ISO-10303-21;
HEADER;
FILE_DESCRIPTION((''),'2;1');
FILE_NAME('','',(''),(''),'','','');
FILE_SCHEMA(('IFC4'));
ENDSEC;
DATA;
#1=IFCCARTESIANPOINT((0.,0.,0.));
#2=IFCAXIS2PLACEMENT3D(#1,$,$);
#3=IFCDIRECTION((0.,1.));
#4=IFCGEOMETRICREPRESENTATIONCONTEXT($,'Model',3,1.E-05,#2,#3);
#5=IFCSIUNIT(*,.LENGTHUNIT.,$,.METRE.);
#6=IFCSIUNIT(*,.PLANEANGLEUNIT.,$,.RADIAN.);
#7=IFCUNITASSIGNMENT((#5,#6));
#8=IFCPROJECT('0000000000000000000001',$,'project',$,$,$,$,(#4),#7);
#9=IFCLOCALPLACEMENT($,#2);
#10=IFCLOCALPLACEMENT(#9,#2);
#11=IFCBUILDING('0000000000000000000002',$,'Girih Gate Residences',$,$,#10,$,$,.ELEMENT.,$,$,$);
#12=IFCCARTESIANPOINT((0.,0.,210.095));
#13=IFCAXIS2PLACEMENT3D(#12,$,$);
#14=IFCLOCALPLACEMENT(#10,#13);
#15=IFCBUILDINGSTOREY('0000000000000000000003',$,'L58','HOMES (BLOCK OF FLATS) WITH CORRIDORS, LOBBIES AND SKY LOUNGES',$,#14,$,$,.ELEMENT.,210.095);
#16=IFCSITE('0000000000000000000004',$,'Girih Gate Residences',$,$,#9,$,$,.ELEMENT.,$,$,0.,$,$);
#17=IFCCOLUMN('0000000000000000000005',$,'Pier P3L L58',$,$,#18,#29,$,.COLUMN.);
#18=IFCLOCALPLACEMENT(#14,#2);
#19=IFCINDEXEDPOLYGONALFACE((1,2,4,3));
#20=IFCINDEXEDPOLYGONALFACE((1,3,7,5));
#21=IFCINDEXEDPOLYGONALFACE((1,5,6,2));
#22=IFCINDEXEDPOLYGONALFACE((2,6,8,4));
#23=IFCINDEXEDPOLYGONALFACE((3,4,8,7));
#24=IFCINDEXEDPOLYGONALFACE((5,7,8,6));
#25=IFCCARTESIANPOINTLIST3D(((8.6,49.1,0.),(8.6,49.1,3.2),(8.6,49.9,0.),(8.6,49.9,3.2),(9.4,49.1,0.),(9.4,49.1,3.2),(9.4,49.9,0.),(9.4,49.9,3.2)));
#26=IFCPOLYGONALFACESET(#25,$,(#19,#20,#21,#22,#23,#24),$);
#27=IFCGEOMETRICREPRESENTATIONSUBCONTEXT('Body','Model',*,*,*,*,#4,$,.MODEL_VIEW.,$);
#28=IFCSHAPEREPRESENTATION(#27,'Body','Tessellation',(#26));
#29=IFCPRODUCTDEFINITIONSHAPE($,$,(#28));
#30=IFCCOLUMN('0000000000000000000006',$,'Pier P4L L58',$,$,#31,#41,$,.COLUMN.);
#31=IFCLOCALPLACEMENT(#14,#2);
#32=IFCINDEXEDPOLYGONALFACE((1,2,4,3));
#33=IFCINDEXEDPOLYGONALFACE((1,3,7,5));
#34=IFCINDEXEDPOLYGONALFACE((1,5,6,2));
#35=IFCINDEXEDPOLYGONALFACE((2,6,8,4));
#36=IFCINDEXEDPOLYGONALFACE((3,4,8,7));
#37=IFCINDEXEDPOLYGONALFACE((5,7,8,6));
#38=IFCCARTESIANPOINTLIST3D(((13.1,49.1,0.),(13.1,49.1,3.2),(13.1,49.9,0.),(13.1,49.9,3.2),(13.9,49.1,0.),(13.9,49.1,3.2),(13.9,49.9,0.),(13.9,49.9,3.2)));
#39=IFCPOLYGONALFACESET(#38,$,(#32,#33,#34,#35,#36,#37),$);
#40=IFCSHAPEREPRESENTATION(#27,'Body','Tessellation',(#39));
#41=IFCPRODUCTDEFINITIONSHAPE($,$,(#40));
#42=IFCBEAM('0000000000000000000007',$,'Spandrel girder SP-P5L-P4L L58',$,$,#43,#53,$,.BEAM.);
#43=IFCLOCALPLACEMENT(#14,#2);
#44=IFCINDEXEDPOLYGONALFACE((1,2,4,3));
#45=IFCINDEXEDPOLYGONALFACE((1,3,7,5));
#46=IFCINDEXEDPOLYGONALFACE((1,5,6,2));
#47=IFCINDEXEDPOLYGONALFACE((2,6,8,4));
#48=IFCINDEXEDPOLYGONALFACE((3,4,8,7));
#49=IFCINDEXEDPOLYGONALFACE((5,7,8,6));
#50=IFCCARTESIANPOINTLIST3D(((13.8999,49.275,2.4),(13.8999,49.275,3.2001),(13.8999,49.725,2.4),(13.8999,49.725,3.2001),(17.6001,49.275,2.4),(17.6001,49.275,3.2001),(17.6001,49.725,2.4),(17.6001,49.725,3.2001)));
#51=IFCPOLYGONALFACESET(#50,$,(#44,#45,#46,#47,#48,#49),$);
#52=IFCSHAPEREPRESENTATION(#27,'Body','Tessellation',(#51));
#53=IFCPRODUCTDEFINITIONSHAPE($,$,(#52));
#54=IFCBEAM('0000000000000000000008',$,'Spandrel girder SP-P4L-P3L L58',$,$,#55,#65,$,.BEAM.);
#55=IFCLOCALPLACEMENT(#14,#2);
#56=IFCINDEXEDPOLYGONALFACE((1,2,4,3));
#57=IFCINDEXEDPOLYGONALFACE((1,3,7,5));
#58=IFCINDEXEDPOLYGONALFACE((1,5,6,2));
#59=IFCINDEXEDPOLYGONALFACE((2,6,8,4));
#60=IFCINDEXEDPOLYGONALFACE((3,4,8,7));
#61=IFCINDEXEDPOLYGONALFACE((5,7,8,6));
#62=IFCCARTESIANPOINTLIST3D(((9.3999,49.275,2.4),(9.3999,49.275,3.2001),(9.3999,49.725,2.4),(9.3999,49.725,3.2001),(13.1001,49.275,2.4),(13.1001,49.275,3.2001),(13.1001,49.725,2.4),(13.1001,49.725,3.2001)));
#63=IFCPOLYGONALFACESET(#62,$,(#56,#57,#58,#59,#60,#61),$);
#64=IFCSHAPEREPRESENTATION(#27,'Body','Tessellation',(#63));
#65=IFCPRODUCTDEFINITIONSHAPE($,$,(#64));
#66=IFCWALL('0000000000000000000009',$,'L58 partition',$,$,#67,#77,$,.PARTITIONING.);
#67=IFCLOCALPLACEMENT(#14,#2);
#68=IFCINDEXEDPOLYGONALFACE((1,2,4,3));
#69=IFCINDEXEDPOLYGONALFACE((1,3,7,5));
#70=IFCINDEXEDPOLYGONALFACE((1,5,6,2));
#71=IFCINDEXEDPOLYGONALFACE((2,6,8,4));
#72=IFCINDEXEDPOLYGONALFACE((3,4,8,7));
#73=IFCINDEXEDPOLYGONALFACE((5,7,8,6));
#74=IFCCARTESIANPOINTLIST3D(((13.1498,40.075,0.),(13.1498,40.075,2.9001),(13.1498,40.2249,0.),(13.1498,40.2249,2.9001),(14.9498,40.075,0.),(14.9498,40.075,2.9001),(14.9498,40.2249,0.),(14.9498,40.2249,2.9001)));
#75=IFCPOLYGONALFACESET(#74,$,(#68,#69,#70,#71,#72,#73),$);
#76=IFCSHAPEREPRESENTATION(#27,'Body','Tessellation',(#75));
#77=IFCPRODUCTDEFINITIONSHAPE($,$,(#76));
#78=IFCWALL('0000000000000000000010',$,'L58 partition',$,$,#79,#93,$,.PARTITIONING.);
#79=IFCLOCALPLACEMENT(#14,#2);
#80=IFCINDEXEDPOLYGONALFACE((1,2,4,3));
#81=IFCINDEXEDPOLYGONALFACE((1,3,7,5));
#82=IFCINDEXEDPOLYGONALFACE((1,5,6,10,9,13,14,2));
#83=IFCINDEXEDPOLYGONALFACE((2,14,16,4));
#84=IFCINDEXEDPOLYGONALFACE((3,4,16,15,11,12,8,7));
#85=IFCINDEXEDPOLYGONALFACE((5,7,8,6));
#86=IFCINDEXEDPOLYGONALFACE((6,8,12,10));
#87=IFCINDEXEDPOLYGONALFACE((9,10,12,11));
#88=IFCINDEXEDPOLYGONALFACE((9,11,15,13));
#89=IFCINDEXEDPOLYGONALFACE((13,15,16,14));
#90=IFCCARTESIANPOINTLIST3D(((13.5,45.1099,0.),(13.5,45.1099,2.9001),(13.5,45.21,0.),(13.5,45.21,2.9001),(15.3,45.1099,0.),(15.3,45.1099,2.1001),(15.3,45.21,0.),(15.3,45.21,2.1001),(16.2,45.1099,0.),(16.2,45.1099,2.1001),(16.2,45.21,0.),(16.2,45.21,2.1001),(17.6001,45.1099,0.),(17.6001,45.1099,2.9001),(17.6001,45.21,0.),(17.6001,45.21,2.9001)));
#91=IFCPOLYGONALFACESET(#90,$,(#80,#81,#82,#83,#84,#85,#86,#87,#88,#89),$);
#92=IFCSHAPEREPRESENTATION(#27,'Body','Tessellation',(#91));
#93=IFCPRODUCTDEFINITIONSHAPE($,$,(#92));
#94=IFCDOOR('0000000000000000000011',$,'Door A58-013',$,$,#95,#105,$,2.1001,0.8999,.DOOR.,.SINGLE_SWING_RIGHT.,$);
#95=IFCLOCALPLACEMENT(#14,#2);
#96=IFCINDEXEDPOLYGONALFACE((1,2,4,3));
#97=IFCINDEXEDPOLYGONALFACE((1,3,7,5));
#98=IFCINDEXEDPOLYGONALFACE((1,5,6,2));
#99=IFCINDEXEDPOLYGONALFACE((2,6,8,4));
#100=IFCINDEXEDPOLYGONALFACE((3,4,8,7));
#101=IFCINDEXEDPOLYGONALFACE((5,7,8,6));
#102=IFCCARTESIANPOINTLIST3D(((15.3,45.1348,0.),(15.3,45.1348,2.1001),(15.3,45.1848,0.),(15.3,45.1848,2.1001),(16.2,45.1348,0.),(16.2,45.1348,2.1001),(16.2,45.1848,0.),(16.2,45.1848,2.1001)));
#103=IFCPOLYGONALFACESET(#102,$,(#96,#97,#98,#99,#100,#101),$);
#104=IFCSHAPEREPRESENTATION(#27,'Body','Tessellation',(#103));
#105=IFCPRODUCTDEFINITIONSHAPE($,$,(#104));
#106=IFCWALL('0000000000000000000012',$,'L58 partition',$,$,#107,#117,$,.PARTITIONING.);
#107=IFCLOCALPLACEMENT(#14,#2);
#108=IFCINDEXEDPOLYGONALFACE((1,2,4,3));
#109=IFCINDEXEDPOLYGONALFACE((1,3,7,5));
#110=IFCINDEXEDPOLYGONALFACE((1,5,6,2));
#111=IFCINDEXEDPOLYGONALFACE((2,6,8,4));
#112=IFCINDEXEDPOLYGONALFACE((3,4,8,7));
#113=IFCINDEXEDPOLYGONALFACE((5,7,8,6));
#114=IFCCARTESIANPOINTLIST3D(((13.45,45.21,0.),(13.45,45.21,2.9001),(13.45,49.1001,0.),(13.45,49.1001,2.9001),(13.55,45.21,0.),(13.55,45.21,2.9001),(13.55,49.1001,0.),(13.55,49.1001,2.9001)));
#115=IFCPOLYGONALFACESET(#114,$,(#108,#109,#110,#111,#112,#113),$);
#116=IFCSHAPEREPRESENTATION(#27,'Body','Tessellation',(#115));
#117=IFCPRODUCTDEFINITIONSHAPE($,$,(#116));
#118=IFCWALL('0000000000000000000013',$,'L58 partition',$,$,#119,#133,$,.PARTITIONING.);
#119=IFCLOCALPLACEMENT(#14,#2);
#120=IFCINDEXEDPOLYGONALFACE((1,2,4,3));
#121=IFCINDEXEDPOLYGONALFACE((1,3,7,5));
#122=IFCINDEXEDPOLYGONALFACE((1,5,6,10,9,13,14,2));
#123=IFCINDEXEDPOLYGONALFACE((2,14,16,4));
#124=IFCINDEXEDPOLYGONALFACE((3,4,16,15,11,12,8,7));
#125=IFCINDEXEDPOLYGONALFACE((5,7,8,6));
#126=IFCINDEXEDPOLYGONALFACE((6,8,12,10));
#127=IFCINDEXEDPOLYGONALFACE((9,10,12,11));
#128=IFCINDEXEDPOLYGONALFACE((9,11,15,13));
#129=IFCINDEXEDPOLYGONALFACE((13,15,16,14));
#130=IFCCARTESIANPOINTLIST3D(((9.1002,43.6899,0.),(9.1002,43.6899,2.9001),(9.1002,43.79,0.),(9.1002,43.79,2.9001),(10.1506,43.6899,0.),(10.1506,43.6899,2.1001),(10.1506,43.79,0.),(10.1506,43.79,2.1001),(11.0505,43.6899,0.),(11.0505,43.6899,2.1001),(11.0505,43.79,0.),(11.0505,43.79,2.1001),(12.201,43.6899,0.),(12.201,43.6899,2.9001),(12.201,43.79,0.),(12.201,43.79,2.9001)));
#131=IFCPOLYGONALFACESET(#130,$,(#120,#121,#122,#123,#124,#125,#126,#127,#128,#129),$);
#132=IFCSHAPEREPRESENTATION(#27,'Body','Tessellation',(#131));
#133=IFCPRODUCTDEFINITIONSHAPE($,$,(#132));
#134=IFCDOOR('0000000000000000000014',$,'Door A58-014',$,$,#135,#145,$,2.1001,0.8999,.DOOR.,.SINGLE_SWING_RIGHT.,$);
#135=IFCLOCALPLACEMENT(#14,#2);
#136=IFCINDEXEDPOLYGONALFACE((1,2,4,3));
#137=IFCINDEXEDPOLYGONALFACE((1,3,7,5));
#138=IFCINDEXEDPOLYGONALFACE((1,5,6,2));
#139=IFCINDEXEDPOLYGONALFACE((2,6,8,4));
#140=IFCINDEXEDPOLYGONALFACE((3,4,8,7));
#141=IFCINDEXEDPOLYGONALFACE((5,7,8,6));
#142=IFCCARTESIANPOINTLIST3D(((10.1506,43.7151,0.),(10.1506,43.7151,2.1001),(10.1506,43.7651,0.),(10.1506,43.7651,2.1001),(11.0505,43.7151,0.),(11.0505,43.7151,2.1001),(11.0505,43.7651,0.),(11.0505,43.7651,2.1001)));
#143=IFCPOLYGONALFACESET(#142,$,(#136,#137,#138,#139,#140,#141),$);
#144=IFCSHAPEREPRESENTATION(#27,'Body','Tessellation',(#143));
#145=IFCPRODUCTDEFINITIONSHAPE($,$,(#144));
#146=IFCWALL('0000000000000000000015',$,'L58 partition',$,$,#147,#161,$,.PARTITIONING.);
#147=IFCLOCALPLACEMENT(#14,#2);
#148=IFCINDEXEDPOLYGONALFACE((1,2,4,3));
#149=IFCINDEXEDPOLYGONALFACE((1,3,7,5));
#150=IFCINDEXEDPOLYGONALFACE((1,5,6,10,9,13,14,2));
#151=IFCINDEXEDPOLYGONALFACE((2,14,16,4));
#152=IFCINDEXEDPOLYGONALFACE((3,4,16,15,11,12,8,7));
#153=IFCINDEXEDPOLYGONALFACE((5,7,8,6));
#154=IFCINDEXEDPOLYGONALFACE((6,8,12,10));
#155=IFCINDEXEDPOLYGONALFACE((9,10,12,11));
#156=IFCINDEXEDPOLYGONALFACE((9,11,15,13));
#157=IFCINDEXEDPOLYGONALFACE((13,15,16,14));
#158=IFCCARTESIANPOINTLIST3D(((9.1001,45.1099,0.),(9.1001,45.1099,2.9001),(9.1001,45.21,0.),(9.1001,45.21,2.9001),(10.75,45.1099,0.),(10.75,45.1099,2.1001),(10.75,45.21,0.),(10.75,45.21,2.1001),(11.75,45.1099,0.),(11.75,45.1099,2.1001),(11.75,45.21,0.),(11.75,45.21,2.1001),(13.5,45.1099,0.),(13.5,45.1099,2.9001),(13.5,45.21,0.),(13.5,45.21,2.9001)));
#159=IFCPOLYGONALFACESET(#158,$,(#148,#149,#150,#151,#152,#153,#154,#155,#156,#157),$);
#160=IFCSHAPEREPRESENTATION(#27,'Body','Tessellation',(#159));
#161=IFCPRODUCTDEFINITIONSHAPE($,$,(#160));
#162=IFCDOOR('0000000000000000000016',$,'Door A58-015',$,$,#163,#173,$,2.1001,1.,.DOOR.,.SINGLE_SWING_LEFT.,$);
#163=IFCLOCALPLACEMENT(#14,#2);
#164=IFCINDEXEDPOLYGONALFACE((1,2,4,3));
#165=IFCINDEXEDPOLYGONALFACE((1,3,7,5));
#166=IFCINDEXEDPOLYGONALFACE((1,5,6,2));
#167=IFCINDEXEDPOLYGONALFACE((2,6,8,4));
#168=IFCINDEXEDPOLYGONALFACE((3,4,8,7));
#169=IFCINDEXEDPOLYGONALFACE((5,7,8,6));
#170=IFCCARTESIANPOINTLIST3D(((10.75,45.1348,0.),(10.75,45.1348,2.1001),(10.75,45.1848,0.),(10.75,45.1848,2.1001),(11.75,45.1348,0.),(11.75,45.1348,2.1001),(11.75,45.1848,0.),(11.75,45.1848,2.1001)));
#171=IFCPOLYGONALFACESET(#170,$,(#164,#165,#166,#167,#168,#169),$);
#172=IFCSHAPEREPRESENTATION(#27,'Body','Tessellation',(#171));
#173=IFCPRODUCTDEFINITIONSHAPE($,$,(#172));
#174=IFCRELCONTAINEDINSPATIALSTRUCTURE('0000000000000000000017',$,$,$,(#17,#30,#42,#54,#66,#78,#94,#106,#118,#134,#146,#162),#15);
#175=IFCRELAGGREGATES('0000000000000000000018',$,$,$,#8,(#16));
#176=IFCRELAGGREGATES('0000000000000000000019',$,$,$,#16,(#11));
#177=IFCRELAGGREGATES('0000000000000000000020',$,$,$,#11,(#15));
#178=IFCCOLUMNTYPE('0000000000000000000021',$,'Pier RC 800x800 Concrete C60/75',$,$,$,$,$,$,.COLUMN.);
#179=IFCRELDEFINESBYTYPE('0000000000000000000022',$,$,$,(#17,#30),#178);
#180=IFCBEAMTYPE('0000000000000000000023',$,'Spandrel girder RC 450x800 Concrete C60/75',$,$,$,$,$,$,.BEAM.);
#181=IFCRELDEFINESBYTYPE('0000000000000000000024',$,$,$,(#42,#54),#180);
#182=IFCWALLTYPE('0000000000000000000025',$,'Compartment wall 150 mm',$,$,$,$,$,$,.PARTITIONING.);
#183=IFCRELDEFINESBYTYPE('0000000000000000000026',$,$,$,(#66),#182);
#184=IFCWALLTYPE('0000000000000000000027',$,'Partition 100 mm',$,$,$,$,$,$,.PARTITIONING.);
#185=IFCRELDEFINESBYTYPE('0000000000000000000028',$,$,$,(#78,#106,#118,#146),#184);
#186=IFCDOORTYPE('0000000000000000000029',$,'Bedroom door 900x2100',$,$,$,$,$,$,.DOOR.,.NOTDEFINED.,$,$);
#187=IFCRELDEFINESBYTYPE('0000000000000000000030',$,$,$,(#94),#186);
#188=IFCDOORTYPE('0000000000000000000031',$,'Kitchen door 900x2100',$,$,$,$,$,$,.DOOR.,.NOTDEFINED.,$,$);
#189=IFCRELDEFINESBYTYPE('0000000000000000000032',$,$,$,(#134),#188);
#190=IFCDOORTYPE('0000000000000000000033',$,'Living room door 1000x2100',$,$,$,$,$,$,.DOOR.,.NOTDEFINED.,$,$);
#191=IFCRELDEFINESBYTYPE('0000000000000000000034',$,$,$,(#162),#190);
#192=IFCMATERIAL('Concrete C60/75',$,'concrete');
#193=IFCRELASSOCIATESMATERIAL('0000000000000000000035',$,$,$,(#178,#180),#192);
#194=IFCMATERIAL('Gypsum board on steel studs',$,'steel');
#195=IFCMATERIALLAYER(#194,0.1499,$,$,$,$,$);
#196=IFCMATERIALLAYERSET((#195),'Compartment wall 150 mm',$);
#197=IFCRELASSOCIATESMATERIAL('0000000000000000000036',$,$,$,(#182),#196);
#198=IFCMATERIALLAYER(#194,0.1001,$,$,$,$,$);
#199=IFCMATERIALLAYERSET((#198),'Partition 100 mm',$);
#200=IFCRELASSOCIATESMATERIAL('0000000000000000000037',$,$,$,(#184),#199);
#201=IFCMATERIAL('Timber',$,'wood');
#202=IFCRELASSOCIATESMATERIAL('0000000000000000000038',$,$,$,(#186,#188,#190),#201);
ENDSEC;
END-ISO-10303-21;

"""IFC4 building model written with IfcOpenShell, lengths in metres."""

from ifc_helpers import new_model, si_unit, direction, frame, frame_2d, origin, origin_2d, place, context, subcontext, project, spatial, rectangle, extrude, material, layer, layer_set, material_profile, profile_set, type_object, element, fill, save


model = new_model("IFC4")

# Units and contexts
model_context = context("Model", 3, precision=1e-05, world=origin(), true_north=direction((0.0, 1.0)))
body_context = subcontext(model_context, "Body", "Model", "MODEL_VIEW")
ifc_project = project(units=[si_unit("LENGTHUNIT", "METRE"), si_unit("PLANEANGLEUNIT", "RADIAN")], contexts=[model_context])

# Site, building, storey
site_placement = place(None, origin())
site = spatial("IfcSite", under=ifc_project, at=site_placement, Name="Girih Gate Residences", CompositionType="ELEMENT", RefElevation=0.0)
building_placement = place(site_placement, origin())
building = spatial("IfcBuilding", under=site, at=building_placement, Name="Girih Gate Residences", CompositionType="ELEMENT")
storey_placement = place(building_placement, frame((0.0, 0.0, 210.095)))
storey = spatial("IfcBuildingStorey", under=building, at=storey_placement, Name="L58", Description="HOMES (BLOCK OF FLATS) WITH CORRIDORS, LOBBIES AND SKY LOUNGES", CompositionType="ELEMENT", Elevation=210.095)

# Columns
ifc_material_1 = material(Name="Concrete C60/75", Category="concrete")
ifc_material_profile_1 = material_profile(ifc_material_1, rectangle(XDim=0.8, YDim=0.8, at=origin_2d()))
ifc_profile_set_1 = profile_set([ifc_material_profile_1], Name="Concrete C60/75")
column_type = type_object("IfcColumnType", Name="Pier RC 800x800 Concrete C60/75", PredefinedType="COLUMN", material=ifc_profile_set_1)
for number, where, z_axis, x_axis, name in (
    (1, (9.0, 49.5, 0.0), (0.0, 0.0, 1.0), (1.0, 0.0, 0.0), "Pier P3L L58"),
    (2, (13.5, 49.5, 0.0), (0.0, 0.0, 1.0), (1.0, 0.0, 0.0), "Pier P4L L58"),
):
    element("IfcColumn", number, at=place(storey_placement, frame(where, z_axis=z_axis, x_axis=x_axis)), inside=storey, type_object=column_type, Name=name, PredefinedType="COLUMN", context=body_context, shape_type="SweptSolid", body=[
        extrude(rectangle(XDim=0.8, YDim=0.8, at=origin_2d()), origin(), (0.0, 0.0, 1.0), 3.2),
    ])

# Beams
ifc_material_profile_2 = material_profile(ifc_material_1, rectangle(XDim=0.45, YDim=0.8, at=origin_2d()))
ifc_profile_set_2 = profile_set([ifc_material_profile_2], Name="Concrete C60/75")
beam_type = type_object("IfcBeamType", Name="Spandrel girder RC 450x800 Concrete C60/75", PredefinedType="BEAM", material=ifc_profile_set_2)
for number, where, z_axis, x_axis, name in (
    (3, (17.6001, 49.5, 2.8), (-1.0, 0.0, 0.0), (0.0, -1.0, 0.0), "Spandrel girder SP-P5L-P4L L58"),
    (4, (13.1001, 49.5, 2.8), (-1.0, 0.0, 0.0), (0.0, -1.0, 0.0), "Spandrel girder SP-P4L-P3L L58"),
):
    element("IfcBeam", number, at=place(storey_placement, frame(where, z_axis=z_axis, x_axis=x_axis)), inside=storey, type_object=beam_type, Name=name, PredefinedType="BEAM", context=body_context, shape_type="SweptSolid", body=[
        extrude(rectangle(XDim=0.45, YDim=0.8, at=origin_2d()), origin(), (0.0, 0.0, 1.0), 3.7002),
    ])

# Wall
ifc_material_2 = material(Name="Gypsum board on steel studs", Category="steel")
ifc_layer_1 = layer(ifc_material_2, 0.1499)
ifc_layer_set_1 = layer_set([ifc_layer_1], Name="Compartment wall 150 mm")
wall_type_1 = type_object("IfcWallType", Name="Compartment wall 150 mm", PredefinedType="PARTITIONING", material=ifc_layer_set_1)
wall_1_placement = place(storey_placement, frame((13.1499, 40.1499, 0.0), z_axis=(0.0, 0.0, 1.0), x_axis=(1.0, 0.0, 0.0)))
element("IfcWall", 5, at=wall_1_placement, inside=storey, type_object=wall_type_1, Name="L58 partition", PredefinedType="PARTITIONING", context=body_context, shape_type="SweptSolid", body=[
    extrude(rectangle(XDim=1.8, YDim=0.1499, at=frame_2d((0.8999, 0.0))), origin(), (0.0, 0.0, 1.0), 2.9001),
])

# Wall, opening, door
ifc_layer_2 = layer(ifc_material_2, 0.1001)
ifc_layer_set_2 = layer_set([ifc_layer_2], Name="Partition 100 mm")
wall_type_2 = type_object("IfcWallType", Name="Partition 100 mm", PredefinedType="PARTITIONING", material=ifc_layer_set_2)
wall_2_placement = place(storey_placement, frame((13.5, 45.1599, 0.0), z_axis=(0.0, 0.0, 1.0), x_axis=(1.0, 0.0, 0.0)))
wall_2 = element("IfcWall", 6, at=wall_2_placement, inside=storey, type_object=wall_type_2, Name="L58 partition", PredefinedType="PARTITIONING", context=body_context, shape_type="SweptSolid", body=[
    extrude(rectangle(XDim=4.1001, YDim=0.1001, at=frame_2d((2.05, 0.0))), origin(), (0.0, 0.0, 1.0), 2.9001),
])
opening_1_placement = place(wall_2_placement, frame((1.8, 0.0, 0.0)))
opening_1 = element("IfcOpeningElement", 7, at=opening_1_placement, cuts=wall_2, PredefinedType="OPENING", context=body_context, shape_type="SweptSolid", body=[
    extrude(rectangle(XDim=0.8999, YDim=2.1001, at=frame_2d((0.45, 1.05))), frame((0.0, 0.0601, 0.0), z_axis=(0.0, -1.0, 0.0), x_axis=(1.0, 0.0, 0.0)), (0.0, 0.0, 1.0), 0.1201),
])
ifc_material_3 = material(Name="Timber", Category="wood")
door_type_1 = type_object("IfcDoorType", Name="Bedroom door 900x2100", OperationType="NOTDEFINED", PredefinedType="DOOR", material=ifc_material_3)
door_1_placement = place(opening_1_placement, origin())
door_1 = element("IfcDoor", 8, at=door_1_placement, inside=storey, type_object=door_type_1, Name="Door A58-013", OperationType="SINGLE_SWING_RIGHT", OverallHeight=2.1001, OverallWidth=0.8999, PredefinedType="DOOR", context=body_context, shape_type="SweptSolid", body=[
    extrude(rectangle(XDim=0.8999, YDim=2.1001, at=frame_2d((0.45, 1.05))), frame((0.0, 0.0249, 0.0), z_axis=(0.0, -1.0, 0.0), x_axis=(1.0, 0.0, 0.0)), (0.0, 0.0, 1.0), 0.05),
])
fill(opening_1, door_1)

# Wall
wall_3_placement = place(storey_placement, frame((13.5, 45.21, 0.0), z_axis=(0.0, 0.0, 1.0), x_axis=(0.0, 1.0, 0.0)))
element("IfcWall", 9, at=wall_3_placement, inside=storey, type_object=wall_type_2, Name="L58 partition", PredefinedType="PARTITIONING", context=body_context, shape_type="SweptSolid", body=[
    extrude(rectangle(XDim=3.8901, YDim=0.1001, at=frame_2d((1.9451, 0.0))), origin(), (0.0, 0.0, 1.0), 2.9001),
])

# Walls, openings, doors
wall_4_placement = place(storey_placement, frame((12.2009, 43.74, 0.0), z_axis=(0.0, 0.0, 1.0), x_axis=(-1.0, 0.0, 0.0)))
wall_4 = element("IfcWall", 10, at=wall_4_placement, inside=storey, type_object=wall_type_2, Name="L58 partition", PredefinedType="PARTITIONING", context=body_context, shape_type="SweptSolid", body=[
    extrude(rectangle(XDim=3.1008, YDim=0.1001, at=frame_2d((1.5503, 0.0))), origin(), (0.0, 0.0, 1.0), 2.9001),
])
opening_2_placement = place(wall_4_placement, frame((1.1504, 0.0, 0.0)))
opening_2 = element("IfcOpeningElement", 11, at=opening_2_placement, cuts=wall_4, PredefinedType="OPENING", context=body_context, shape_type="SweptSolid", body=[
    extrude(rectangle(XDim=0.8999, YDim=2.1001, at=frame_2d((0.45, 1.05))), frame((0.0, 0.0601, 0.0), z_axis=(0.0, -1.0, 0.0), x_axis=(1.0, 0.0, 0.0)), (0.0, 0.0, 1.0), 0.1201),
])
door_type_2 = type_object("IfcDoorType", Name="Kitchen door 900x2100", OperationType="NOTDEFINED", PredefinedType="DOOR", material=ifc_material_3)
door_2_placement = place(opening_2_placement, origin())
door_2 = element("IfcDoor", 12, at=door_2_placement, inside=storey, type_object=door_type_2, Name="Door A58-014", OperationType="SINGLE_SWING_RIGHT", OverallHeight=2.1001, OverallWidth=0.8999, PredefinedType="DOOR", context=body_context, shape_type="SweptSolid", body=[
    extrude(rectangle(XDim=0.8999, YDim=2.1001, at=frame_2d((0.45, 1.05))), frame((0.0, 0.0249, 0.0), z_axis=(0.0, -1.0, 0.0), x_axis=(1.0, 0.0, 0.0)), (0.0, 0.0, 1.0), 0.05),
])
fill(opening_2, door_2)
wall_5_placement = place(storey_placement, frame((9.1001, 45.1599, 0.0), z_axis=(0.0, 0.0, 1.0), x_axis=(1.0, 0.0, 0.0)))
wall_5 = element("IfcWall", 13, at=wall_5_placement, inside=storey, type_object=wall_type_2, Name="L58 partition", PredefinedType="PARTITIONING", context=body_context, shape_type="SweptSolid", body=[
    extrude(rectangle(XDim=4.3999, YDim=0.1001, at=frame_2d((2.2, 0.0))), origin(), (0.0, 0.0, 1.0), 2.9001),
])
opening_3_placement = place(wall_5_placement, frame((1.6499, 0.0, 0.0)))
opening_3 = element("IfcOpeningElement", 14, at=opening_3_placement, cuts=wall_5, PredefinedType="OPENING", context=body_context, shape_type="SweptSolid", body=[
    extrude(rectangle(XDim=1.0, YDim=2.1001, at=frame_2d((0.5, 1.05))), frame((0.0, 0.0601, 0.0), z_axis=(0.0, -1.0, 0.0), x_axis=(1.0, 0.0, 0.0)), (0.0, 0.0, 1.0), 0.1201),
])
door_type_3 = type_object("IfcDoorType", Name="Living room door 1000x2100", OperationType="NOTDEFINED", PredefinedType="DOOR", material=ifc_material_3)
door_3_placement = place(opening_3_placement, origin())
door_3 = element("IfcDoor", 15, at=door_3_placement, inside=storey, type_object=door_type_3, Name="Door A58-015", OperationType="SINGLE_SWING_LEFT", OverallHeight=2.1001, OverallWidth=1.0, PredefinedType="DOOR", context=body_context, shape_type="SweptSolid", body=[
    extrude(rectangle(XDim=1.0, YDim=2.1001, at=frame_2d((0.5, 1.05))), frame((0.0, 0.0249, 0.0), z_axis=(0.0, -1.0, 0.0), x_axis=(1.0, 0.0, 0.0)), (0.0, 0.0, 1.0), 0.05),
])
fill(opening_3, door_3)

save(model, "model.ifc")
